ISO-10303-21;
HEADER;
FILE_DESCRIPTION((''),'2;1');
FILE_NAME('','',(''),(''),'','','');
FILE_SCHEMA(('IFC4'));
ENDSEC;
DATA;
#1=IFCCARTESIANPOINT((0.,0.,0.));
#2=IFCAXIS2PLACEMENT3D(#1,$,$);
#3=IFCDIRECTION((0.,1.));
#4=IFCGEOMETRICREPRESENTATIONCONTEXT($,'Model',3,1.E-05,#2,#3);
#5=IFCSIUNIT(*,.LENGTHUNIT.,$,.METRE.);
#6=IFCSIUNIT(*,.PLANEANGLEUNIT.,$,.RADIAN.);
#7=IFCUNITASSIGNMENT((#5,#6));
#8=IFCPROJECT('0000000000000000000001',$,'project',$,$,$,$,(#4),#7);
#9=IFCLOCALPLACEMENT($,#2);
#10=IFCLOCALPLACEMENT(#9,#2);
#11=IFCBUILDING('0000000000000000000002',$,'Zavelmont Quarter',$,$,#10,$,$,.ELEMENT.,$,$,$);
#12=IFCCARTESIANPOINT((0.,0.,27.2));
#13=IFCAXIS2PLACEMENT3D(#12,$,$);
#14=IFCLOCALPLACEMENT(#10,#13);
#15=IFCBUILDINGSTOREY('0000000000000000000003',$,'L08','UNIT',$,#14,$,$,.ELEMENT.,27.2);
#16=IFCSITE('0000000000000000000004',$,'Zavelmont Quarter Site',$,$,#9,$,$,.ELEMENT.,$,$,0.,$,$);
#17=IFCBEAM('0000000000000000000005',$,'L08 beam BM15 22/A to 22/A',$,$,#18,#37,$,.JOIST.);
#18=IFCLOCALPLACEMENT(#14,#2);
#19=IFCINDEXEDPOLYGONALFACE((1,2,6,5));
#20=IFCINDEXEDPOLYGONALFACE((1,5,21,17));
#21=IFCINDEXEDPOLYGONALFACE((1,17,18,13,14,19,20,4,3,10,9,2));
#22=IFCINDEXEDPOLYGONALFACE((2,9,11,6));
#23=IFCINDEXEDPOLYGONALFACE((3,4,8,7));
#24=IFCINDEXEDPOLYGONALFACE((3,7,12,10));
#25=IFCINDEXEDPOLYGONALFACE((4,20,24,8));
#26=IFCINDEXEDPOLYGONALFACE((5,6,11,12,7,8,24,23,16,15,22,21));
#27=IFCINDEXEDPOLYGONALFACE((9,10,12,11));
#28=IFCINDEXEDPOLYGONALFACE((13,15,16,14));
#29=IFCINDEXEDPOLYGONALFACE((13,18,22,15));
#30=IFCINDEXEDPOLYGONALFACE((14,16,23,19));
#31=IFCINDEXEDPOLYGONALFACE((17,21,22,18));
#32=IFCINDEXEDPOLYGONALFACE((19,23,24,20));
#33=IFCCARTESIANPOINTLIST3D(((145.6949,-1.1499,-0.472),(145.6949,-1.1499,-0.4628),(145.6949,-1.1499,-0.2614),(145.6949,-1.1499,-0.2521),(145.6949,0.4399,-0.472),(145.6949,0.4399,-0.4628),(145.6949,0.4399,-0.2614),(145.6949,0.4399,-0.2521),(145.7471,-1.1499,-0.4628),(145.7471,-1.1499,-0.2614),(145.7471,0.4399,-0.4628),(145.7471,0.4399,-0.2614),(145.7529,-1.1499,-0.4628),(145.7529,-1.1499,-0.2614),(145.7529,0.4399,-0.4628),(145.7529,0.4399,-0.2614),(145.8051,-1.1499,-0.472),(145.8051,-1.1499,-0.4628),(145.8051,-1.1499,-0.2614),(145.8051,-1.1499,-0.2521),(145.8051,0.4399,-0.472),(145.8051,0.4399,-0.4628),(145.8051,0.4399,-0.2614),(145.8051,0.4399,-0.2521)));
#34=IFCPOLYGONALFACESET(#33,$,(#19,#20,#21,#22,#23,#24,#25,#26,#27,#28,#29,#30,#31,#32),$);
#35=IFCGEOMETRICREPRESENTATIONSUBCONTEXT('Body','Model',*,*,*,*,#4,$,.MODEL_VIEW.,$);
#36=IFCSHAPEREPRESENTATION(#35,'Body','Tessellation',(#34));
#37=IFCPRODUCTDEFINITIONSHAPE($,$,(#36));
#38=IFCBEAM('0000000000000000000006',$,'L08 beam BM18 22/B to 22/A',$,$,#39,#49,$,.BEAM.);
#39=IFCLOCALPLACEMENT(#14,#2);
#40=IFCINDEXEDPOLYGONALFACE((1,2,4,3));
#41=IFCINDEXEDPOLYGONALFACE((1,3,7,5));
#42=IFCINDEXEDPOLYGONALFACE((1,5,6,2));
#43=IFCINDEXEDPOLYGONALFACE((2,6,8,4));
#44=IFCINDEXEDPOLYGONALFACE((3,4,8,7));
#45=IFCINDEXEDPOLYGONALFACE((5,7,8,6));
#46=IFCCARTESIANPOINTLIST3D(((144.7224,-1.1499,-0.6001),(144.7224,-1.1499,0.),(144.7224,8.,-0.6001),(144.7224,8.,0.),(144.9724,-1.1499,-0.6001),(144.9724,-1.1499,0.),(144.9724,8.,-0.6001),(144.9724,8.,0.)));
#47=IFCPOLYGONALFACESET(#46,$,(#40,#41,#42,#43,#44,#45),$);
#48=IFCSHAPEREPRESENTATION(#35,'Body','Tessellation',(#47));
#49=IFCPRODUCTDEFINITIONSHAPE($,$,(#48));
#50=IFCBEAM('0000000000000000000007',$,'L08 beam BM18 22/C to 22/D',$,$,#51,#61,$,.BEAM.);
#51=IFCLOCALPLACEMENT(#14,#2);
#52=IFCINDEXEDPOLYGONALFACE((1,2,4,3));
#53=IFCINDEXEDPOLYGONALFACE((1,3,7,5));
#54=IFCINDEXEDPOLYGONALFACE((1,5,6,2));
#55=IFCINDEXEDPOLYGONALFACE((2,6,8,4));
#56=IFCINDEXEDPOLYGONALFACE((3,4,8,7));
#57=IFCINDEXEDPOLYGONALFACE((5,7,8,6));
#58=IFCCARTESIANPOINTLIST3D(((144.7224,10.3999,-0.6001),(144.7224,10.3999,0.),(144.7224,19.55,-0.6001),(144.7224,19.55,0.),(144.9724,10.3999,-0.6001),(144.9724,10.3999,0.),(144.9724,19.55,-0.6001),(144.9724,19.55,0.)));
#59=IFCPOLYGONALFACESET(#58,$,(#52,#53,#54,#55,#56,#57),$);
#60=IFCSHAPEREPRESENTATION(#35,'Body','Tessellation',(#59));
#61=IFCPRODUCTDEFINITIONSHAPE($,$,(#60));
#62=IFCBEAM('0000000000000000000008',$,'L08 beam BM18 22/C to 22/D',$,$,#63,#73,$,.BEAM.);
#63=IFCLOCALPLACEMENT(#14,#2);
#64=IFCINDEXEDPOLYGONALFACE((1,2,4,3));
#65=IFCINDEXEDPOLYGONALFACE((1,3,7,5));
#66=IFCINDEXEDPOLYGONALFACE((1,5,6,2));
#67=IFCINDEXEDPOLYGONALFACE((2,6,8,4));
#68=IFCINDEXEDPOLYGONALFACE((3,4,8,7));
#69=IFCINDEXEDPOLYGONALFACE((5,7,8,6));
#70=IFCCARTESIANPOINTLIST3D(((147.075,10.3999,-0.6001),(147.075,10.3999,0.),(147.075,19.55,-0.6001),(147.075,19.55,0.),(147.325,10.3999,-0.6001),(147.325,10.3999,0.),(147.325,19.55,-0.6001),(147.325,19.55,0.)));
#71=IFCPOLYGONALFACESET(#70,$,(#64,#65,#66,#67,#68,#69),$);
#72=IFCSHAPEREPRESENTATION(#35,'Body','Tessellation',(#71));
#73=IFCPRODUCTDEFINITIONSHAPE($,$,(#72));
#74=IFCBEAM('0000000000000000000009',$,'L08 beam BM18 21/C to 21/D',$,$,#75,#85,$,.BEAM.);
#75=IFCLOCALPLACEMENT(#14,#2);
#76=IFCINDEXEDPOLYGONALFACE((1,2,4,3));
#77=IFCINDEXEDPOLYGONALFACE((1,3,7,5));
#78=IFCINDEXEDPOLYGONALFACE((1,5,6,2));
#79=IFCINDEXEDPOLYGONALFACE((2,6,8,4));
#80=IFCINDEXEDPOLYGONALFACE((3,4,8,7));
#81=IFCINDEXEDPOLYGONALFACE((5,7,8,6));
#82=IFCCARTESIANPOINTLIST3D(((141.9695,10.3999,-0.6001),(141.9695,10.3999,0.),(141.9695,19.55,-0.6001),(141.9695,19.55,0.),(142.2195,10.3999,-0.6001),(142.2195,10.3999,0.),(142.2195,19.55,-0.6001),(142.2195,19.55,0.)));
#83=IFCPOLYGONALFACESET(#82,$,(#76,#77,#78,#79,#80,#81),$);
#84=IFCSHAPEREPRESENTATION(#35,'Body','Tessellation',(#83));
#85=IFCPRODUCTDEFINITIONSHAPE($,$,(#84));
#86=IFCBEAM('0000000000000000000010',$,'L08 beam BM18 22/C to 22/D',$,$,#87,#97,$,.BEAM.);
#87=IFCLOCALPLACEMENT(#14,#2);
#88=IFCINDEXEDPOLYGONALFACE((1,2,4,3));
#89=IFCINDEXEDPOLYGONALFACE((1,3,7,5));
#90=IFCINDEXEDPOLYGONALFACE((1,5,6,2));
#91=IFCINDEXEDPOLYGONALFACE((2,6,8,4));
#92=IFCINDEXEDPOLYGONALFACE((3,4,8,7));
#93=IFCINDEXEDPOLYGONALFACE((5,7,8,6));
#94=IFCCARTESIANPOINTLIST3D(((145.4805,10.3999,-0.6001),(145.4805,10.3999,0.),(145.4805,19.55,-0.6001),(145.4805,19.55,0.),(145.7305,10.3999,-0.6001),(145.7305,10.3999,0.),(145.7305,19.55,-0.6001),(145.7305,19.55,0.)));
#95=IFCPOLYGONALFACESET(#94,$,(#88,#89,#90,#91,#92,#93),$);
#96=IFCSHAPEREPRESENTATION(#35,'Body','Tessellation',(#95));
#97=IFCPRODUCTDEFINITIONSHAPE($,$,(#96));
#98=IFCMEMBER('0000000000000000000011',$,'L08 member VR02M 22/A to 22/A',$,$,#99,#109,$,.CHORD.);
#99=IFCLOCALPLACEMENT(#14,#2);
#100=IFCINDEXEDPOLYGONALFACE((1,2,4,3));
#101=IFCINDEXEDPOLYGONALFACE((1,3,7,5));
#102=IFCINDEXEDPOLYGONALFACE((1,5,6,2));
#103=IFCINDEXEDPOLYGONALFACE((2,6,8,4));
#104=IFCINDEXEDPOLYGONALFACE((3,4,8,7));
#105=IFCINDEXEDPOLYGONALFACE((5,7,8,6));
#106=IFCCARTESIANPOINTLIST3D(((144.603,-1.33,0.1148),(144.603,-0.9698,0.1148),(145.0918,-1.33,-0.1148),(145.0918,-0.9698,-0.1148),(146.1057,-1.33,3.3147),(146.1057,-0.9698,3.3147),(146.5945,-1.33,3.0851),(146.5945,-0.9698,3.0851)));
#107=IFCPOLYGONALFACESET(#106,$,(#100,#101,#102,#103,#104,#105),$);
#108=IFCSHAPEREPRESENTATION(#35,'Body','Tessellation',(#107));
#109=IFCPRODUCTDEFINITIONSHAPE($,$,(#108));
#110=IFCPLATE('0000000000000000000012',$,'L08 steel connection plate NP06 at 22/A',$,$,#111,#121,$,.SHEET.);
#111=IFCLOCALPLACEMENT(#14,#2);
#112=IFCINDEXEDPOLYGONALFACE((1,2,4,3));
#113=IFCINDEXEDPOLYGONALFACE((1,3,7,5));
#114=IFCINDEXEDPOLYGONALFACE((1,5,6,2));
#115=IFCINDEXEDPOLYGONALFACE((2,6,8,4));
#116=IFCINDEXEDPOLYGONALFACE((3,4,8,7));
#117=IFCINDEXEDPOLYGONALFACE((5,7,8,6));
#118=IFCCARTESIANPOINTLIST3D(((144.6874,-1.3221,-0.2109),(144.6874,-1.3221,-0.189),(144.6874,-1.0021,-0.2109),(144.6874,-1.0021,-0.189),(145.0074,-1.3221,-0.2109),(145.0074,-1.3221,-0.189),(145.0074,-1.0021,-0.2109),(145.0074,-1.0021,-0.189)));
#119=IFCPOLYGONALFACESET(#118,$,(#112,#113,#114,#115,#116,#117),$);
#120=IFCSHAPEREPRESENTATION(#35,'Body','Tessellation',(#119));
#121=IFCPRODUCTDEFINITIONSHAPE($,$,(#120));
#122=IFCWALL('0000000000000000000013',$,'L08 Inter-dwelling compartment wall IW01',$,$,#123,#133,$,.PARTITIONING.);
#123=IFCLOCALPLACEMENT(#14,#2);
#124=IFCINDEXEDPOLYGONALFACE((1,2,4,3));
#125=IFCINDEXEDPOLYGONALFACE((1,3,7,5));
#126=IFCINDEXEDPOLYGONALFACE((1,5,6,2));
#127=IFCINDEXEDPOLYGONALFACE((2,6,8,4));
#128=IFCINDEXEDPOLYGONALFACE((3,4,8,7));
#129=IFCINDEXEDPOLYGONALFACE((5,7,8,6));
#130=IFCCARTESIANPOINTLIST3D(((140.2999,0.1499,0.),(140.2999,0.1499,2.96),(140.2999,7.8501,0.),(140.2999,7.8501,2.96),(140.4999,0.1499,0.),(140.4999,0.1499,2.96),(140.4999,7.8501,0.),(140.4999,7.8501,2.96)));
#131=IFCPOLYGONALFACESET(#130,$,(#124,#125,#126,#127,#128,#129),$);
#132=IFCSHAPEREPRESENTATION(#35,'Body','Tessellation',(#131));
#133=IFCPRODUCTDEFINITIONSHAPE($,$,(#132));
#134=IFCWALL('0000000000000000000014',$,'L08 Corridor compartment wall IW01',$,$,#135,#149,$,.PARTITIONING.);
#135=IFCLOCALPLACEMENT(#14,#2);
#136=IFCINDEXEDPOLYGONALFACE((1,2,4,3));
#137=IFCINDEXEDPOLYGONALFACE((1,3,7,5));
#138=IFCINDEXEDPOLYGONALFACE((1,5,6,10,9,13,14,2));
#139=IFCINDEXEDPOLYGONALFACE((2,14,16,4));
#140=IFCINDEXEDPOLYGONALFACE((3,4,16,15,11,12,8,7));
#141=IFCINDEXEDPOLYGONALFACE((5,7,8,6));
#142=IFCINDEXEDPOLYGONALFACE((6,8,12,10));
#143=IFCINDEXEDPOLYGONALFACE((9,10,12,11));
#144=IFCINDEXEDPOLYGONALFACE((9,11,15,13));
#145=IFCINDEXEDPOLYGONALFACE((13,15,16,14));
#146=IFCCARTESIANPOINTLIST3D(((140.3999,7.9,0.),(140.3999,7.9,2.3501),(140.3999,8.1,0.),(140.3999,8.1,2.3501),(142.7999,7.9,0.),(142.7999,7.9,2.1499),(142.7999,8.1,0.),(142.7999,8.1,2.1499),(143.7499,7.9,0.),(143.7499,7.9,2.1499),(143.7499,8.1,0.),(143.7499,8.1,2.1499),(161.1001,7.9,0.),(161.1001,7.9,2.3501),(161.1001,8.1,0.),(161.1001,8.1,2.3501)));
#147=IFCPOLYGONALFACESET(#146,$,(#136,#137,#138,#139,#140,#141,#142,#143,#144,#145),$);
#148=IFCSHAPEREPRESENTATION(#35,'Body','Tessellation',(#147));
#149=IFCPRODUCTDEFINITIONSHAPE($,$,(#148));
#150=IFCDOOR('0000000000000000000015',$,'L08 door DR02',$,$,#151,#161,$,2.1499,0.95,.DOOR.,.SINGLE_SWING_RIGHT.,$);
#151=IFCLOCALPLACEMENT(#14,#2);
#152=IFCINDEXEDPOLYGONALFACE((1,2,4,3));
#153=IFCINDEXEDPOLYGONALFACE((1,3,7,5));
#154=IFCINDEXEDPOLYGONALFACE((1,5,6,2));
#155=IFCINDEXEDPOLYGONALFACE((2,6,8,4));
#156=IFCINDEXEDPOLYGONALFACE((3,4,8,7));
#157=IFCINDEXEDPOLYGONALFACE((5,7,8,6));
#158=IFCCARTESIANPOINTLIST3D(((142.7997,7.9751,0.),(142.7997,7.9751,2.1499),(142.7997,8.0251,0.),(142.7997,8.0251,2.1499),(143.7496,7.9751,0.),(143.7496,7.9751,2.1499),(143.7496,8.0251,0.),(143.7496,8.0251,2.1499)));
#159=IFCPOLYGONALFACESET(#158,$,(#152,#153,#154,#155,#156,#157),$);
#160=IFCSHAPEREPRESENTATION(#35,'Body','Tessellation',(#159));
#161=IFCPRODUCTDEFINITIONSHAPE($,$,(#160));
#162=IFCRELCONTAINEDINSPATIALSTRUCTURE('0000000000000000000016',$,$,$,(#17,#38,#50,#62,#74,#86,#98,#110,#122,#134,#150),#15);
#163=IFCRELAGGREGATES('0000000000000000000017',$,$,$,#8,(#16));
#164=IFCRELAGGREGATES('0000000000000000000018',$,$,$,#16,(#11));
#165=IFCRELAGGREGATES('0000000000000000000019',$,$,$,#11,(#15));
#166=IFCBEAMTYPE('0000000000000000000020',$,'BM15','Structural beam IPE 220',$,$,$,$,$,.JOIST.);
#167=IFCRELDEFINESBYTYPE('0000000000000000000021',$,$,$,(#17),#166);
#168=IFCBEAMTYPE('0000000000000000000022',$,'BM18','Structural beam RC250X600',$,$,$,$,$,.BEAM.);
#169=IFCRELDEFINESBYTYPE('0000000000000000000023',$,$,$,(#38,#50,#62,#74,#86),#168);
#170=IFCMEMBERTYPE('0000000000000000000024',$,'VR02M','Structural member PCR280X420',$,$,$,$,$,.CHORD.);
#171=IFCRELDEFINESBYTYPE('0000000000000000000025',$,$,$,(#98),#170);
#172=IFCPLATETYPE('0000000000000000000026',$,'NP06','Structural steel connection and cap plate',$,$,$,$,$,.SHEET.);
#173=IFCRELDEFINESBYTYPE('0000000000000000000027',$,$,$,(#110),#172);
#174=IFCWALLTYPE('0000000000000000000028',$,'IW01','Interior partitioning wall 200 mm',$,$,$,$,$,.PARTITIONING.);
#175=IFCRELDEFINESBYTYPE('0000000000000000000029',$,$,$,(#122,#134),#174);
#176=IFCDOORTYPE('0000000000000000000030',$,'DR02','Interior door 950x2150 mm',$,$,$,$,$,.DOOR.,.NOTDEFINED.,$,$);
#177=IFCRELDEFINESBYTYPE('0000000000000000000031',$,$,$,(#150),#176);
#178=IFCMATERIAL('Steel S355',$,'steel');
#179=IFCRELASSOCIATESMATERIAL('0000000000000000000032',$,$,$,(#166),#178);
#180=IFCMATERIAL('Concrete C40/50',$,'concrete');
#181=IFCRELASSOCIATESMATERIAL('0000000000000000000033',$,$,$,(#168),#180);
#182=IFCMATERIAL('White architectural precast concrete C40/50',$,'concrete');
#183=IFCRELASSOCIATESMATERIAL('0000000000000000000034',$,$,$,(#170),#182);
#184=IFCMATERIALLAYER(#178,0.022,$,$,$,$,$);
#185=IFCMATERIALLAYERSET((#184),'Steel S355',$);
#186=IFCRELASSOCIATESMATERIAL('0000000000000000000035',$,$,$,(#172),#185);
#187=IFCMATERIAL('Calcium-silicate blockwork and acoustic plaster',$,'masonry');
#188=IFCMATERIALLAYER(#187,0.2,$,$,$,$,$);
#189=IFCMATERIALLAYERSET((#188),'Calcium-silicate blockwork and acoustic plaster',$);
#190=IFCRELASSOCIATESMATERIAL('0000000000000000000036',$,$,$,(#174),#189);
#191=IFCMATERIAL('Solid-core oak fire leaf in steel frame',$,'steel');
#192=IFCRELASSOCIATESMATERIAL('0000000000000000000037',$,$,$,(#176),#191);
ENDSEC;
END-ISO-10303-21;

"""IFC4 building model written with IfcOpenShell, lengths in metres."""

from ifc_helpers import new_model, si_unit, direction, frame, frame_2d, origin, origin_2d, place, context, subcontext, project, spatial, rectangle, i_section, extrude, material, layer, layer_set, material_profile, profile_set, type_object, element, fill, save


model = new_model("IFC4")

# Units and contexts
model_context = context("Model", 3, precision=1e-05, world=origin(), true_north=direction((0.0, 1.0)))
body_context = subcontext(model_context, "Body", "Model", "MODEL_VIEW")
ifc_project = project(units=[si_unit("LENGTHUNIT", "METRE"), si_unit("PLANEANGLEUNIT", "RADIAN")], contexts=[model_context])

# Site, building, storey
site_placement = place(None, origin())
site = spatial("IfcSite", under=ifc_project, at=site_placement, Name="Zavelmont Quarter Site", CompositionType="ELEMENT", RefElevation=0.0)
building_placement = place(site_placement, origin())
building = spatial("IfcBuilding", under=site, at=building_placement, Name="Zavelmont Quarter", CompositionType="ELEMENT")
storey_placement = place(building_placement, frame((0.0, 0.0, 27.2)))
storey = spatial("IfcBuildingStorey", under=building, at=storey_placement, Name="L08", Description="UNIT", CompositionType="ELEMENT", Elevation=27.2)

# Beams
ifc_material_1 = material(Name="Steel S355", Category="steel")
ifc_material_profile_1 = material_profile(ifc_material_1, i_section(OverallWidth=0.1101, OverallDepth=0.22, WebThickness=0.0059, FlangeThickness=0.0093, at=origin_2d()), Name="IPE 220")
ifc_profile_set_1 = profile_set([ifc_material_profile_1], Name="Steel S355")
beam_type_1 = type_object("IfcBeamType", Name="BM15", Description="Structural beam IPE 220", PredefinedType="JOIST", material=ifc_profile_set_1)
beam_1_placement = place(storey_placement, frame((145.75, 0.4399, -0.3621), z_axis=(0.0, -1.0, 0.0), x_axis=(1.0, 0.0, 0.0)))
element("IfcBeam", 1, at=beam_1_placement, inside=storey, type_object=beam_type_1, Name="L08 beam BM15 22/A to 22/A", PredefinedType="JOIST", context=body_context, shape_type="SweptSolid", body=[
    extrude(i_section(OverallWidth=0.1101, OverallDepth=0.22, WebThickness=0.0059, FlangeThickness=0.0093, at=origin_2d()), origin(), (0.0, 0.0, 1.0), 1.5898),
])
ifc_material_2 = material(Name="Concrete C40/50", Category="concrete")
ifc_material_profile_2 = material_profile(ifc_material_2, rectangle(XDim=0.25, YDim=0.6001, at=origin_2d()), Name="RC250X600")
ifc_profile_set_2 = profile_set([ifc_material_profile_2], Name="Concrete C40/50")
beam_type_2 = type_object("IfcBeamType", Name="BM18", Description="Structural beam RC250X600", PredefinedType="BEAM", material=ifc_profile_set_2)
beam_2_placement = place(storey_placement, frame((144.8474, 8.0, -0.3), z_axis=(0.0, -1.0, 0.0), x_axis=(1.0, 0.0, 0.0)))
element("IfcBeam", 2, at=beam_2_placement, inside=storey, type_object=beam_type_2, Name="L08 beam BM18 22/B to 22/A", PredefinedType="BEAM", context=body_context, shape_type="SweptSolid", body=[
    extrude(rectangle(XDim=0.25, YDim=0.6001, at=origin_2d()), origin(), (0.0, 0.0, 1.0), 9.1499),
])
for number, where, z_axis, x_axis, name in (
    (3, (144.8474, 10.3999, -0.3), (0.0, 1.0, 0.0), (-1.0, 0.0, 0.0), "L08 beam BM18 22/C to 22/D"),
    (4, (147.2, 10.3999, -0.3), (0.0, 1.0, 0.0), (-1.0, 0.0, 0.0), "L08 beam BM18 22/C to 22/D"),
    (5, (142.0945, 10.3999, -0.3), (0.0, 1.0, 0.0), (-1.0, 0.0, 0.0), "L08 beam BM18 21/C to 21/D"),
    (6, (145.6055, 10.3999, -0.3), (0.0, 1.0, 0.0), (-1.0, 0.0, 0.0), "L08 beam BM18 22/C to 22/D"),
):
    element("IfcBeam", number, at=place(storey_placement, frame(where, z_axis=z_axis, x_axis=x_axis)), inside=storey, type_object=beam_type_2, Name=name, PredefinedType="BEAM", context=body_context, shape_type="SweptSolid", body=[
        extrude(rectangle(XDim=0.25, YDim=0.6001, at=origin_2d()), origin(), (0.0, 0.0, 1.0), 9.1501),
    ])

# Member
ifc_material_3 = material(Name="White architectural precast concrete C40/50", Category="concrete")
ifc_material_profile_3 = material_profile(ifc_material_3, rectangle(XDim=0.3601, YDim=0.54, at=origin_2d()), Name="PCR280X420")
ifc_profile_set_3 = profile_set([ifc_material_profile_3], Name="White architectural precast concrete C40/50")
member_type = type_object("IfcMemberType", Name="VR02M", Description="Structural member PCR280X420", PredefinedType="CHORD", material=ifc_profile_set_3)
member_placement = place(storey_placement, frame((144.8474, -1.1499, 0.0), z_axis=(0.425062, 0.0, 0.905164), x_axis=(0.0, 1.0, 0.0)))
element("IfcMember", 7, at=member_placement, inside=storey, type_object=member_type, Name="L08 member VR02M 22/A to 22/A", PredefinedType="CHORD", context=body_context, shape_type="SweptSolid", body=[
    extrude(rectangle(XDim=0.3601, YDim=0.54, at=origin_2d()), origin(), (0.0, 0.0, 1.0), 3.5352),
])

# Plate
ifc_layer_1 = layer(ifc_material_1, 0.022)
ifc_layer_set_1 = layer_set([ifc_layer_1], Name="Steel S355")
plate_type = type_object("IfcPlateType", Name="NP06", Description="Structural steel connection and cap plate", PredefinedType="SHEET", material=ifc_layer_set_1)
plate_placement = place(storey_placement, frame((144.8474, -1.1621, -0.2109), z_axis=(0.0, 0.0, 1.0), x_axis=(1.0, 0.0, 0.0)))
element("IfcPlate", 8, at=plate_placement, inside=storey, type_object=plate_type, Name="L08 steel connection plate NP06 at 22/A", PredefinedType="SHEET", context=body_context, shape_type="SweptSolid", body=[
    extrude(rectangle(XDim=0.3201, YDim=0.3201, at=origin_2d()), origin(), (0.0, 0.0, 1.0), 0.022),
])

# Wall
ifc_material_4 = material(Name="Calcium-silicate blockwork and acoustic plaster", Category="masonry")
ifc_layer_2 = layer(ifc_material_4, 0.2)
ifc_layer_set_2 = layer_set([ifc_layer_2], Name="Calcium-silicate blockwork and acoustic plaster")
wall_type_1 = type_object("IfcWallType", Name="IW01", Description="Interior partitioning wall 200 mm", PredefinedType="PARTITIONING", material=ifc_layer_set_2)
wall_1_placement = place(storey_placement, frame((140.3999, 7.8501, 0.0), z_axis=(0.0, 0.0, 1.0), x_axis=(0.0, -1.0, 0.0)))
element("IfcWall", 9, at=wall_1_placement, inside=storey, type_object=wall_type_1, Name="L08 Inter-dwelling compartment wall IW01", PredefinedType="PARTITIONING", context=body_context, shape_type="SweptSolid", body=[
    extrude(rectangle(XDim=7.7002, YDim=0.2, at=frame_2d((3.8501, 0.0))), origin(), (0.0, 0.0, 1.0), 2.96),
])

# Wall, opening, door
wall_2_placement = place(storey_placement, frame((140.3999, 8.0, 0.0), z_axis=(0.0, 0.0, 1.0), x_axis=(1.0, 0.0, 0.0)))
wall_2 = element("IfcWall", 10, at=wall_2_placement, inside=storey, type_object=wall_type_1, Name="L08 Corridor compartment wall IW01", PredefinedType="PARTITIONING", context=body_context, shape_type="SweptSolid", body=[
    extrude(rectangle(XDim=20.7002, YDim=0.2, at=frame_2d((10.3501, 0.0))), origin(), (0.0, 0.0, 1.0), 2.3501),
])
opening_1_placement = place(wall_2_placement, frame((2.3999, 0.0, 0.0)))
opening_1 = element("IfcOpeningElement", 11, at=opening_1_placement, cuts=wall_2, PredefinedType="OPENING", context=body_context, shape_type="SweptSolid", body=[
    extrude(rectangle(XDim=0.95, YDim=2.1499, at=frame_2d((0.4751, 1.075))), frame((0.0, 0.1118, 0.0), z_axis=(0.0, -1.0, 0.0), x_axis=(1.0, 0.0, 0.0)), (0.0, 0.0, 1.0), 0.2239),
])
ifc_material_5 = material(Name="Solid-core oak fire leaf in steel frame", Category="steel")
door_type_1 = type_object("IfcDoorType", Name="DR02", Description="Interior door 950x2150 mm", OperationType="NOTDEFINED", PredefinedType="DOOR", material=ifc_material_5)
door_1_placement = place(opening_1_placement, frame((0.95, 0.0, 0.0), z_axis=(0.0, 0.0, 1.0), x_axis=(-1.0, 0.0, 0.0)))
door_1 = element("IfcDoor", 12, at=door_1_placement, inside=storey, type_object=door_type_1, Name="L08 door DR02", OperationType="SINGLE_SWING_RIGHT", OverallHeight=2.1499, OverallWidth=0.95, PredefinedType="DOOR", context=body_context, shape_type="SweptSolid", body=[
    extrude(rectangle(XDim=0.95, YDim=2.1499, at=frame_2d((0.4751, 1.075))), frame((0.0, 0.0249, 0.0), z_axis=(0.0, -1.0, 0.0), x_axis=(1.0, 0.0, 0.0)), (0.0, 0.0, 1.0), 0.05),
])
fill(opening_1, door_1)

save(model, "model.ifc")
